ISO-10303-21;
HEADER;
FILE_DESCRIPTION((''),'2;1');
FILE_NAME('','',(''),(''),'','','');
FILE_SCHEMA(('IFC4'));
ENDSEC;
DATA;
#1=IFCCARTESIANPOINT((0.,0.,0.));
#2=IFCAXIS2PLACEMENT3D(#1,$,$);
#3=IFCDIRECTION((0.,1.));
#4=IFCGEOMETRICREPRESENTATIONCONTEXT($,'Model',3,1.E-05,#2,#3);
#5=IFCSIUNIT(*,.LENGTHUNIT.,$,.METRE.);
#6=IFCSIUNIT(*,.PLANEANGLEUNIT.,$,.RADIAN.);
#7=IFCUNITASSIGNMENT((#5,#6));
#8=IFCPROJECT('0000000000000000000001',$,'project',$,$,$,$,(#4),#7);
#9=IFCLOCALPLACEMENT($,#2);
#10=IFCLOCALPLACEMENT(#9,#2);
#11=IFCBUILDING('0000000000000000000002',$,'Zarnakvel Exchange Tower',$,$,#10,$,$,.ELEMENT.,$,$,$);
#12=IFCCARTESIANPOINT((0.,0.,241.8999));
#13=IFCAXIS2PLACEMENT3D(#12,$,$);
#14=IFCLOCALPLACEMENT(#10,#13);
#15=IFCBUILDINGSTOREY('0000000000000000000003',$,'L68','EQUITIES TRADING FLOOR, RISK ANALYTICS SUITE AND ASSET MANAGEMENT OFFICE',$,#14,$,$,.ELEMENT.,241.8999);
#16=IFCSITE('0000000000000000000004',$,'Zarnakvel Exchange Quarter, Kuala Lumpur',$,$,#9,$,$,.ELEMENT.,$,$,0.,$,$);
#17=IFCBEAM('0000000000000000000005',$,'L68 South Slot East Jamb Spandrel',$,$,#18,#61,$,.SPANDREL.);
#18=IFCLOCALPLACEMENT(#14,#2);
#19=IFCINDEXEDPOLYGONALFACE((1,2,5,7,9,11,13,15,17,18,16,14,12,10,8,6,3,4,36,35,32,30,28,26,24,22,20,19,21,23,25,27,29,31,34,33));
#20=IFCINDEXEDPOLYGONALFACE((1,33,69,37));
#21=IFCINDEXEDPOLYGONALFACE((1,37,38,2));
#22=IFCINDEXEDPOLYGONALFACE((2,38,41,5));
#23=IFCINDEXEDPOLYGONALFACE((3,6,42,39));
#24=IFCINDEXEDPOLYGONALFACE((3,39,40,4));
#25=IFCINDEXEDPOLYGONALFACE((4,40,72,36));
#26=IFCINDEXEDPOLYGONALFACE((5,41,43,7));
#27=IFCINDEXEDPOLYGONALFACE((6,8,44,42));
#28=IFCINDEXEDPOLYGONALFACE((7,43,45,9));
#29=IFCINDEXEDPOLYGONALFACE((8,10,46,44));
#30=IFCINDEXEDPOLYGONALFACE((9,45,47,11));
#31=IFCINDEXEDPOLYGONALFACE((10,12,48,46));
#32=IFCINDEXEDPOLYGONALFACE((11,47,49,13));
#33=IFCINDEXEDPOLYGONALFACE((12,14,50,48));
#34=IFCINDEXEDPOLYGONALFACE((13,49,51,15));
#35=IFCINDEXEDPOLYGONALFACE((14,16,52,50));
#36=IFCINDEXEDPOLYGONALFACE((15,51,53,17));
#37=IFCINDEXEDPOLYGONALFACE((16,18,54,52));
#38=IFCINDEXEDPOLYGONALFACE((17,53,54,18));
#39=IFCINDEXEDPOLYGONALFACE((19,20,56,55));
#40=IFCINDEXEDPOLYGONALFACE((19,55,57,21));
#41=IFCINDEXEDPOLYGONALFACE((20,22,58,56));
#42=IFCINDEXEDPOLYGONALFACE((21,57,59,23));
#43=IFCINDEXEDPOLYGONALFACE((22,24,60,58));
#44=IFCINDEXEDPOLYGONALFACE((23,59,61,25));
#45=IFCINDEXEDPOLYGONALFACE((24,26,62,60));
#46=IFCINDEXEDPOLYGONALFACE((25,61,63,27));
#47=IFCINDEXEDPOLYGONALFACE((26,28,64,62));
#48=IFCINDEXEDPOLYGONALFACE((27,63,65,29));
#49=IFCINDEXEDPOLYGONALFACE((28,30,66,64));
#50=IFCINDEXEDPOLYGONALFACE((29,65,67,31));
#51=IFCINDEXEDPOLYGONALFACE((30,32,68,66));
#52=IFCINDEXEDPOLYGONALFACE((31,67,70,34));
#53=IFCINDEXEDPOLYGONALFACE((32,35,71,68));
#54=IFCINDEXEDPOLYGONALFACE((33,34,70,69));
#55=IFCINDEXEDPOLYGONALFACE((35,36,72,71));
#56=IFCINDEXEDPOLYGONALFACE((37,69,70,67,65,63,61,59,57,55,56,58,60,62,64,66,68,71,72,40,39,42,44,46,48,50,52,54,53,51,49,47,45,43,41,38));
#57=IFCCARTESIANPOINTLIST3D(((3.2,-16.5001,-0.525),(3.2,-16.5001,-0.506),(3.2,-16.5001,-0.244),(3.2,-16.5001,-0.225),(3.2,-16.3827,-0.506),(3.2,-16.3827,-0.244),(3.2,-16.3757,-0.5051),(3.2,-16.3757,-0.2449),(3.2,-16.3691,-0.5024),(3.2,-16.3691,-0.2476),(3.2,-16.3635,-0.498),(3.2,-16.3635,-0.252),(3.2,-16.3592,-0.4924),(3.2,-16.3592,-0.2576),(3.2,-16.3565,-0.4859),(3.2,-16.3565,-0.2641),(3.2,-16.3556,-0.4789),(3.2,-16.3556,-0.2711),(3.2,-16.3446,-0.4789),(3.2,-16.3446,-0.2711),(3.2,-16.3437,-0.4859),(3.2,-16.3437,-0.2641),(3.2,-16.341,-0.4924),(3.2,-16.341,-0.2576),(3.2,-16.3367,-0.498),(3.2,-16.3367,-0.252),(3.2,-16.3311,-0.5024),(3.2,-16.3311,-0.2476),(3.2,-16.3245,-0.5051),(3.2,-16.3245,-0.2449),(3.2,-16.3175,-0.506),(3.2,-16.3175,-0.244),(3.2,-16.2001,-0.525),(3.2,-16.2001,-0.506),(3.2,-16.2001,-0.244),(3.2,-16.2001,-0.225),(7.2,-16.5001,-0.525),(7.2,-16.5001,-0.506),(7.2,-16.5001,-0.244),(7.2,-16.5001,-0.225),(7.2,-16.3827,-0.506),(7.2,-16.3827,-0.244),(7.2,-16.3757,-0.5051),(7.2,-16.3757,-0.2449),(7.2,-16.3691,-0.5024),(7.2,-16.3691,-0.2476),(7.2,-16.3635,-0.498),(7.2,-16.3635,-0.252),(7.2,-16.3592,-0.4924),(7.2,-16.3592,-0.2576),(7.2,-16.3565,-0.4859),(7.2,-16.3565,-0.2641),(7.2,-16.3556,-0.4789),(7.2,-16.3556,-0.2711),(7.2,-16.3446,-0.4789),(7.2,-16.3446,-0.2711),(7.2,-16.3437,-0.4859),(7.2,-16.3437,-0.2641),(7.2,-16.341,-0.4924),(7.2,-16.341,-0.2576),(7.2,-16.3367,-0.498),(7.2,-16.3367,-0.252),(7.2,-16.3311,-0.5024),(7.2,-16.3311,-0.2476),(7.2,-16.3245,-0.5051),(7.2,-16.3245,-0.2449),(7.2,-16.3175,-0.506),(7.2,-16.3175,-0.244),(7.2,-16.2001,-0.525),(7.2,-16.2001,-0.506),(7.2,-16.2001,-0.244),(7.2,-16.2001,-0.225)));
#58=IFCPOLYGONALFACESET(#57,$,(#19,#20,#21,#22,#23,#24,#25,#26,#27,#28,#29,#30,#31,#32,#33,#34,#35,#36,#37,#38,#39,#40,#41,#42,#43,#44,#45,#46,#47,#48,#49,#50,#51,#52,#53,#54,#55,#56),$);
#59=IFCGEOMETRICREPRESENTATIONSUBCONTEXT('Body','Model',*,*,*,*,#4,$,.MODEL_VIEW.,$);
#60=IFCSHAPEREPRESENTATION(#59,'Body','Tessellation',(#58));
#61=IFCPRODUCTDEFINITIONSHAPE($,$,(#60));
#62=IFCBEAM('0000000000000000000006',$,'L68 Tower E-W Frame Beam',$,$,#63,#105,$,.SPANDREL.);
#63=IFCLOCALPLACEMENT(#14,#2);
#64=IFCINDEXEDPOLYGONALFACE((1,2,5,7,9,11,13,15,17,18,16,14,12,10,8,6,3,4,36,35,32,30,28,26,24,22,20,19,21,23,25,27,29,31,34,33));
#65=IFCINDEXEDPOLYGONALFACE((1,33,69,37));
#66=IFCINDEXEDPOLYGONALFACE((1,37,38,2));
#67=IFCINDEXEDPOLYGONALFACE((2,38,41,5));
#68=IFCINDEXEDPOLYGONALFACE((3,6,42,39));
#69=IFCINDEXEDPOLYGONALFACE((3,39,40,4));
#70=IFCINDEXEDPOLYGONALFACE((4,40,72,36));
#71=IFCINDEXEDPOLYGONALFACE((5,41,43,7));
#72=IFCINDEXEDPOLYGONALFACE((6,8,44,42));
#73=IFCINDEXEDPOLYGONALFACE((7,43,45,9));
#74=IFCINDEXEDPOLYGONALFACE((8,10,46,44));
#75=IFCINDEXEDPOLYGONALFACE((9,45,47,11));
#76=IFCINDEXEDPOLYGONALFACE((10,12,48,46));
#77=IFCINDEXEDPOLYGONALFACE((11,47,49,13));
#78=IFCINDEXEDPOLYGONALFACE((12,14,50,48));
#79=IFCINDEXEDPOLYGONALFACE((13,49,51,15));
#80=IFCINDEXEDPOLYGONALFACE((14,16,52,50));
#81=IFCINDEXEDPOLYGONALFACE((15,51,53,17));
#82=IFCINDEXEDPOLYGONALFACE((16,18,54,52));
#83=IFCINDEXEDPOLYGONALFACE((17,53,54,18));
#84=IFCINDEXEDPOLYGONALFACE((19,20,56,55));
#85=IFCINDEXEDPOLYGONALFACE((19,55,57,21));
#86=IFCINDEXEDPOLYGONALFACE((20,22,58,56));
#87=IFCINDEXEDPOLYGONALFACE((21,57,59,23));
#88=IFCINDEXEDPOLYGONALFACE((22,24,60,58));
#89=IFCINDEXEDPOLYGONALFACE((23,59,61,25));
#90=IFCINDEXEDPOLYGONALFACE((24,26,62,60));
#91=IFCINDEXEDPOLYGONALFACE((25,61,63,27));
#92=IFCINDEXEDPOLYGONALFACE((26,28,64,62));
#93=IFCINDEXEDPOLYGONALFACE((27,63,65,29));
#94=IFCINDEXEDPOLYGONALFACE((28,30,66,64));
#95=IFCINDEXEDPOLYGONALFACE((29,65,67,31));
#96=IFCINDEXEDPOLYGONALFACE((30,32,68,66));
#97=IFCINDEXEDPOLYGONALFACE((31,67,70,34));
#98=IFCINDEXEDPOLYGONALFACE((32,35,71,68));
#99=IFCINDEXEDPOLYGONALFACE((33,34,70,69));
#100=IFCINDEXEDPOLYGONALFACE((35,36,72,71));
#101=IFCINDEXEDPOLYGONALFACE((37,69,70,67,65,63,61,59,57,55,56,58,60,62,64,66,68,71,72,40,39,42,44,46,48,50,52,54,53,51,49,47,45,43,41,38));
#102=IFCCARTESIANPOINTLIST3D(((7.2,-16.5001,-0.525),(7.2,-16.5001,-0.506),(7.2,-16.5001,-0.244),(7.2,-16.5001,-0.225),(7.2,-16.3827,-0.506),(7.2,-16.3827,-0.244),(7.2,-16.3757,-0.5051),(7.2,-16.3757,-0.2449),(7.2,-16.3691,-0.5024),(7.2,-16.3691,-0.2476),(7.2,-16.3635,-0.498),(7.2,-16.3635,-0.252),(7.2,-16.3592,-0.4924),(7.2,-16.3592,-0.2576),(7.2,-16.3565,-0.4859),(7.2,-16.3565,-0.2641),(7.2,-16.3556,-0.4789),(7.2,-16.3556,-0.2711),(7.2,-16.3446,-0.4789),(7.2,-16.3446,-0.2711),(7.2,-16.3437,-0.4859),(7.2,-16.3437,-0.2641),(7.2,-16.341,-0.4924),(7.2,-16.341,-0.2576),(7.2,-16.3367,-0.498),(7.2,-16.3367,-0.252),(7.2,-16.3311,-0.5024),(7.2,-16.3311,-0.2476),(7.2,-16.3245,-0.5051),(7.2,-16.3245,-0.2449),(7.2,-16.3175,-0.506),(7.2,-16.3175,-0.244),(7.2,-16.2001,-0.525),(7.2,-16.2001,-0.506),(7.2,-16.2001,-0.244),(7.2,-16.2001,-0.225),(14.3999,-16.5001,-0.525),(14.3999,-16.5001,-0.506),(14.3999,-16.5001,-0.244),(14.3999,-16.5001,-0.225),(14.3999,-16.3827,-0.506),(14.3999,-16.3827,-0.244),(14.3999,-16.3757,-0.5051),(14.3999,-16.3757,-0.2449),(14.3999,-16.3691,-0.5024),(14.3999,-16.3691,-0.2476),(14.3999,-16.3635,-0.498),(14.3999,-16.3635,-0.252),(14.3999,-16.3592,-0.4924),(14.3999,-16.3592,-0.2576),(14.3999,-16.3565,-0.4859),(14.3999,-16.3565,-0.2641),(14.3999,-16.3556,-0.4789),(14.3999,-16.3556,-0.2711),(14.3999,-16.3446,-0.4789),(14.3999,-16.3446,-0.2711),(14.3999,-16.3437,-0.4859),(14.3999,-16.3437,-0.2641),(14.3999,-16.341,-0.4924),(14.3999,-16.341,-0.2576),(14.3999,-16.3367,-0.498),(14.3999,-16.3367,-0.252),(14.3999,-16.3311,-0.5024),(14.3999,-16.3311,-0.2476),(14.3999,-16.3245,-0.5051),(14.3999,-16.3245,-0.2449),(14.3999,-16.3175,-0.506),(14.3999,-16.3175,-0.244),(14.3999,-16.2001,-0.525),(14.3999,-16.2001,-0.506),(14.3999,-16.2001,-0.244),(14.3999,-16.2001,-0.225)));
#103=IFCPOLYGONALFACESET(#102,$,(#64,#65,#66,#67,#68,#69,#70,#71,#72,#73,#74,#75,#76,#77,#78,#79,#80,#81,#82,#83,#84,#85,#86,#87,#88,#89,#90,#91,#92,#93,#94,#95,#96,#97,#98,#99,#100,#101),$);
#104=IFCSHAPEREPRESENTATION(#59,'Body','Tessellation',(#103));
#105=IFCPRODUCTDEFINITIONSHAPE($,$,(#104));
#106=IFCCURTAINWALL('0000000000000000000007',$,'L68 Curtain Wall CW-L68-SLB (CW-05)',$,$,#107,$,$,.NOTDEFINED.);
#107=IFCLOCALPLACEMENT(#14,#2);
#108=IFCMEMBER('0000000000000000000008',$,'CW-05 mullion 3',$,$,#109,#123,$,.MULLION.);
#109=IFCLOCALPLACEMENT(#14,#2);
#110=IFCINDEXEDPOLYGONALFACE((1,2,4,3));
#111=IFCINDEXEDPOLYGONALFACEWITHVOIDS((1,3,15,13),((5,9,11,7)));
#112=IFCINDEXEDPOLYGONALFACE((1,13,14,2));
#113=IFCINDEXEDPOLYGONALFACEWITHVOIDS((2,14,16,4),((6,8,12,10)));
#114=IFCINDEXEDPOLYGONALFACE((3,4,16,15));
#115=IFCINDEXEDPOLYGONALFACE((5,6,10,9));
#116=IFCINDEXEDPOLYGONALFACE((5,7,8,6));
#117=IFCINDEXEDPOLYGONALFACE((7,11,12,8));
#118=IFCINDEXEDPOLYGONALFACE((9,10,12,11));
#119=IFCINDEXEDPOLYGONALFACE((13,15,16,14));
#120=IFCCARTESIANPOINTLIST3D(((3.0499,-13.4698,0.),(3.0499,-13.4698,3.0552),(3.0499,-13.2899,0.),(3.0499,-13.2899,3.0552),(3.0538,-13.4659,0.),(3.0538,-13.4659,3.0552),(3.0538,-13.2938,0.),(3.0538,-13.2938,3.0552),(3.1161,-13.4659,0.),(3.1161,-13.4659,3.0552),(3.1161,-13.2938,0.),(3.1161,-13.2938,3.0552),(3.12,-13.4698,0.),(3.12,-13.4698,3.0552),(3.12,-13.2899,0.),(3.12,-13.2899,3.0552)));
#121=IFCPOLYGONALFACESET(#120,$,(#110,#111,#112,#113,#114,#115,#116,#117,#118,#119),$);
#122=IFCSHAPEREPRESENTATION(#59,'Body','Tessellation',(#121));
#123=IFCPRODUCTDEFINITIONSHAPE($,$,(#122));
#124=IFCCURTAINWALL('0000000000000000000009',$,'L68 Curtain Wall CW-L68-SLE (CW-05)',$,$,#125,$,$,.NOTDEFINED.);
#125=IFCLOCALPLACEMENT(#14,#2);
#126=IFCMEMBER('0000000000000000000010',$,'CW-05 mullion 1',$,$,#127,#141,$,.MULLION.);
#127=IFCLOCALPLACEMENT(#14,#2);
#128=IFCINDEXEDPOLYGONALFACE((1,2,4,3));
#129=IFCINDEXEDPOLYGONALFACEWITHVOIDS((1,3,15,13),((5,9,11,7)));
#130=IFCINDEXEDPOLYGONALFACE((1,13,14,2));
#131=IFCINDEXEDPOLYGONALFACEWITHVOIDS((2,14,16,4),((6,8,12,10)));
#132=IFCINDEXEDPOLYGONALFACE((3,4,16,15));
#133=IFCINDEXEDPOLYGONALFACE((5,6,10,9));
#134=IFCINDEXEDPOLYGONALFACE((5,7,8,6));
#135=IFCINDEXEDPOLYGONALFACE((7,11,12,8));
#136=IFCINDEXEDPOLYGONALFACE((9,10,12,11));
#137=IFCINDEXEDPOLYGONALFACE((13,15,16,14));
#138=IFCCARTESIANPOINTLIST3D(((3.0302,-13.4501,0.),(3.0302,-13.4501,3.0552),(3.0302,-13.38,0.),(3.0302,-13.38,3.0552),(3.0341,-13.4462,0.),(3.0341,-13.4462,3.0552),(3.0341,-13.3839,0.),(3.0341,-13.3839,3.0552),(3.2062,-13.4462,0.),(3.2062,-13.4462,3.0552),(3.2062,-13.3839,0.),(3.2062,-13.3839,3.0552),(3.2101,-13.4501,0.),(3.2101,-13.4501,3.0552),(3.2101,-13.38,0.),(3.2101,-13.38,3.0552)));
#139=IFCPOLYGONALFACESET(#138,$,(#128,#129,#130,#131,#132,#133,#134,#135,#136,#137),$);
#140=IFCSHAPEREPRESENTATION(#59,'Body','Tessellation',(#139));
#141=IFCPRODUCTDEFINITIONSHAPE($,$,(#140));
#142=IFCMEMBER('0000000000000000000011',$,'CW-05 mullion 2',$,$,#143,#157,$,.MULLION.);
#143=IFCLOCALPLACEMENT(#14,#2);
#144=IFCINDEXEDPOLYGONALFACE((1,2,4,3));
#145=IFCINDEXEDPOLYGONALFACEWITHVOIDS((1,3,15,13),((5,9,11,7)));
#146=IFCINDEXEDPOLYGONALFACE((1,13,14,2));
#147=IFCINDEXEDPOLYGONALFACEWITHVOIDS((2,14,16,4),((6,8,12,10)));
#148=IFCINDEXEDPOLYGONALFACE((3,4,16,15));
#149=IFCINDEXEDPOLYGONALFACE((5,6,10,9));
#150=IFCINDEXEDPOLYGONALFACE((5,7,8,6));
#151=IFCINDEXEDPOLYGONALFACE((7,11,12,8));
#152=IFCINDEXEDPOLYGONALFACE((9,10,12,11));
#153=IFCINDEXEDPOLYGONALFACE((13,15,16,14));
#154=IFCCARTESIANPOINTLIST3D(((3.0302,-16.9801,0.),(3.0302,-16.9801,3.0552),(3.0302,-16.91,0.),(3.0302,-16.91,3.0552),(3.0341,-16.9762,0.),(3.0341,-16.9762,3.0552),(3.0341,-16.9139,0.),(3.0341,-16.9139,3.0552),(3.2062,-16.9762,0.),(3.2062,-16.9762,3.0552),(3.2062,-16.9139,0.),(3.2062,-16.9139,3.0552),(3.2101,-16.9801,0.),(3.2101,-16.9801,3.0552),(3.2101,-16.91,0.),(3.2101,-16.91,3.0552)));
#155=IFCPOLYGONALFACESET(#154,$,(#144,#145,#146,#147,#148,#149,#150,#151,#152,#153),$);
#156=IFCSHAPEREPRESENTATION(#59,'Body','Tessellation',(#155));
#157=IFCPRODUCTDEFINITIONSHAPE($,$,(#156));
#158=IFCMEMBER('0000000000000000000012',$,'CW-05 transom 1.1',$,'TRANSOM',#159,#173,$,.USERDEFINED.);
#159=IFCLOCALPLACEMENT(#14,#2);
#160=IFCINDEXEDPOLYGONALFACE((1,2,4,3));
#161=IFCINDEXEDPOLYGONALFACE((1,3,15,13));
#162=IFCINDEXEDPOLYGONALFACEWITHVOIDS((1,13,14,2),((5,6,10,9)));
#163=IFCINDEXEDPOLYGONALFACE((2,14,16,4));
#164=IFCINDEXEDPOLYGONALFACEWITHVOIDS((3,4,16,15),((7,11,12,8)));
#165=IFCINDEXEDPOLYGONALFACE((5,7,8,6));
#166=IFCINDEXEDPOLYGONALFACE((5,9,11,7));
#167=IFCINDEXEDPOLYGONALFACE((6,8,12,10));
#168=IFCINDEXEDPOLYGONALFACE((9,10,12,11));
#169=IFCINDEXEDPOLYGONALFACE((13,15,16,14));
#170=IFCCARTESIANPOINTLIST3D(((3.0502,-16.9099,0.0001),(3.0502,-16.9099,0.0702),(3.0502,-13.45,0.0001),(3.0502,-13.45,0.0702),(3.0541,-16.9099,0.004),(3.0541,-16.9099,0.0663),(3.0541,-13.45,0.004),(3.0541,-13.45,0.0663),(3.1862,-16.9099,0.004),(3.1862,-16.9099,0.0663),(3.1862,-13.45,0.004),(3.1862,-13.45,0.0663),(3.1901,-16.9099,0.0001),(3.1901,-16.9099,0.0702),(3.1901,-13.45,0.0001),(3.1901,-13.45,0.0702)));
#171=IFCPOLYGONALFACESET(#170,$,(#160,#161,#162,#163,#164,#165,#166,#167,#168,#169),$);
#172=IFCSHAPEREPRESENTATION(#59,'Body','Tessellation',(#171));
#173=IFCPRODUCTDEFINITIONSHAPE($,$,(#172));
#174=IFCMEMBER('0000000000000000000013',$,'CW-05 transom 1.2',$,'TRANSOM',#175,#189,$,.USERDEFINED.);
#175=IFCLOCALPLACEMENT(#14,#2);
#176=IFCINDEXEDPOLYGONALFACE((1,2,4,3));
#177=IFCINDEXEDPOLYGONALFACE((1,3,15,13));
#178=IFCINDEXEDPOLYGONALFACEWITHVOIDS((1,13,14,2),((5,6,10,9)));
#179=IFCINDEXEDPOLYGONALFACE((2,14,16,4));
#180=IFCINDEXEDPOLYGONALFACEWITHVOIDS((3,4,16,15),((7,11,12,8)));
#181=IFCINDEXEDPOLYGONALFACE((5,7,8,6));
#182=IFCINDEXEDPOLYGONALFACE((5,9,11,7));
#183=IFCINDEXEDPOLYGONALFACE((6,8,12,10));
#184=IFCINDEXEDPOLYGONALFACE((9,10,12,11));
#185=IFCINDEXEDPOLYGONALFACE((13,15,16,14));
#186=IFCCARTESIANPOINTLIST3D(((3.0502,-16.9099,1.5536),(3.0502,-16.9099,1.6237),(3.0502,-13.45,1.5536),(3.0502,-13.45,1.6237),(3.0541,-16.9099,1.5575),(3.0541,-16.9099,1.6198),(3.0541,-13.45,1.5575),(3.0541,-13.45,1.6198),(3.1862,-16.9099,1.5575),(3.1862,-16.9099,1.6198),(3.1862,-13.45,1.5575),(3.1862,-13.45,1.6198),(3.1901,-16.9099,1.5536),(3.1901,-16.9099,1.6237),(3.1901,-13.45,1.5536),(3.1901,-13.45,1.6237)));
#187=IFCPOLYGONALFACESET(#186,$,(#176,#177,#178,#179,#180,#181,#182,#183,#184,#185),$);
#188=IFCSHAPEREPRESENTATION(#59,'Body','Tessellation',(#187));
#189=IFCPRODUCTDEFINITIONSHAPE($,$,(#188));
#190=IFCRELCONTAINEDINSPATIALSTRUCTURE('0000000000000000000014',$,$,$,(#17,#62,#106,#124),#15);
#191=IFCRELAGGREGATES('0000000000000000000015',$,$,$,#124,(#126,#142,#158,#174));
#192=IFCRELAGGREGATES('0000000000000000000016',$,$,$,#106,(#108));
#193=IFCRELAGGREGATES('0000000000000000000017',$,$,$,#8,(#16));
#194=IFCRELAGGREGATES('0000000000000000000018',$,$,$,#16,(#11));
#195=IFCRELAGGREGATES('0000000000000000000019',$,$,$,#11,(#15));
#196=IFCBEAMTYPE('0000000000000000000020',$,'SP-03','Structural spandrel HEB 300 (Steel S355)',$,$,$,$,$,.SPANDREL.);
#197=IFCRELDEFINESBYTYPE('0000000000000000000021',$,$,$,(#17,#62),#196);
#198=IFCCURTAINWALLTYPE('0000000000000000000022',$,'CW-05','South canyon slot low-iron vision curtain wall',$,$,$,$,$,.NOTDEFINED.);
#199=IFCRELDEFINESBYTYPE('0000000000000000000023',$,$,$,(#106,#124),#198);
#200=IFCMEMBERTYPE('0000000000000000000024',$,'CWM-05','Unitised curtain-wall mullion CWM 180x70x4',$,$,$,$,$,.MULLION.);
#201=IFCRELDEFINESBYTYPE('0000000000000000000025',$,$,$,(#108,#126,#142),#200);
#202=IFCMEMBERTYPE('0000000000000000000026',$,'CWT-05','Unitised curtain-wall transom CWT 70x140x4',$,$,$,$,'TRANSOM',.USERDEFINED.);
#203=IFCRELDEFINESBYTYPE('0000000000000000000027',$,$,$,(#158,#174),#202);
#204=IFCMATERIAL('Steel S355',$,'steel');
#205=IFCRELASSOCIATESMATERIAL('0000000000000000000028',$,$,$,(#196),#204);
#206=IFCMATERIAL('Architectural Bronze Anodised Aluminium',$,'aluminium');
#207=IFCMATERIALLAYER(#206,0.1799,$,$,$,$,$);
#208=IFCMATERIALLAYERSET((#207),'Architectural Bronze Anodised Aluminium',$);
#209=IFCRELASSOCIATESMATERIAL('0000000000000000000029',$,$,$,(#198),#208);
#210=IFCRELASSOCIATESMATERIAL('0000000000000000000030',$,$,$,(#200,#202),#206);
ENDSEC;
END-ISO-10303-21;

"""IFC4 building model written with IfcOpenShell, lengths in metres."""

from ifc_helpers import new_model, si_unit, direction, frame, origin, origin_2d, place, context, subcontext, project, spatial, hollow_rectangle, i_section, extrude, source, transform, mapped, material, layer, layer_set, material_profile, profile_set, type_object, element, aggregate, save


model = new_model("IFC4")

# Units and contexts
model_context = context("Model", 3, precision=1e-05, world=origin(), true_north=direction((0.0, 1.0)))
body_context = subcontext(model_context, "Body", "Model", "MODEL_VIEW")
ifc_project = project(units=[si_unit("LENGTHUNIT", "METRE"), si_unit("PLANEANGLEUNIT", "RADIAN")], contexts=[model_context])

# Site, building, storey
site_placement = place(None, origin())
site = spatial("IfcSite", under=ifc_project, at=site_placement, Name="Zarnakvel Exchange Quarter, Kuala Lumpur", CompositionType="ELEMENT", RefElevation=0.0)
building_placement = place(site_placement, origin())
building = spatial("IfcBuilding", under=site, at=building_placement, Name="Zarnakvel Exchange Tower", CompositionType="ELEMENT")
storey_placement = place(building_placement, frame((0.0, 0.0, 241.8999)))
storey = spatial("IfcBuildingStorey", under=building, at=storey_placement, Name="L68", Description="EQUITIES TRADING FLOOR, RISK ANALYTICS SUITE AND ASSET MANAGEMENT OFFICE", CompositionType="ELEMENT", Elevation=241.8999)

# Beams
ifc_material_1 = material(Name="Steel S355", Category="steel")
ifc_material_profile_1 = material_profile(ifc_material_1, i_section(OverallWidth=0.3, OverallDepth=0.3, WebThickness=0.011, FlangeThickness=0.019, FilletRadius=0.0271, at=origin_2d()))
ifc_profile_set_1 = profile_set([ifc_material_profile_1], Name="Steel S355")
beam_type_1 = type_object("IfcBeamType", Name="SP-03", Description="Structural spandrel HEB 300 (Steel S355)", PredefinedType="SPANDREL", material=ifc_profile_set_1)
beam_1_placement = place(storey_placement, frame((3.2, -16.3501, -0.375), z_axis=(1.0, 0.0, 0.0), x_axis=(0.0, 1.0, 0.0)))
element("IfcBeam", 1, at=beam_1_placement, inside=storey, type_object=beam_type_1, Name="L68 South Slot East Jamb Spandrel", PredefinedType="SPANDREL", context=body_context, shape_type="SweptSolid", body=[
    extrude(i_section(OverallWidth=0.3, OverallDepth=0.3, WebThickness=0.011, FlangeThickness=0.019, FilletRadius=0.0271, at=origin_2d()), origin(), (0.0, 0.0, 1.0), 4.0),
])
beam_2_placement = place(storey_placement, frame((7.2, -16.3501, -0.375), z_axis=(1.0, 0.0, 0.0), x_axis=(0.0, 1.0, 0.0)))
element("IfcBeam", 2, at=beam_2_placement, inside=storey, type_object=beam_type_1, Name="L68 Tower E-W Frame Beam", PredefinedType="SPANDREL", context=body_context, shape_type="SweptSolid", body=[
    extrude(i_section(OverallWidth=0.3, OverallDepth=0.3, WebThickness=0.011, FlangeThickness=0.019, FilletRadius=0.0271, at=origin_2d()), origin(), (0.0, 0.0, 1.0), 7.2),
])

# Curtain wall, member
ifc_material_2 = material(Name="Architectural Bronze Anodised Aluminium", Category="aluminium")
ifc_layer_1 = layer(ifc_material_2, 0.1799)
ifc_layer_set_1 = layer_set([ifc_layer_1], Name="Architectural Bronze Anodised Aluminium")
curtain_wall_type = type_object("IfcCurtainWallType", Name="CW-05", Description="South canyon slot low-iron vision curtain wall", PredefinedType="NOTDEFINED", material=ifc_layer_set_1)
curtain_wall_1_placement = place(storey_placement, origin())
curtain_wall_1 = element("IfcCurtainWall", 3, at=curtain_wall_1_placement, inside=storey, type_object=curtain_wall_type, Name="L68 Curtain Wall CW-L68-SLB (CW-05)", PredefinedType="NOTDEFINED")
ifc_material_profile_2 = material_profile(ifc_material_2, hollow_rectangle(XDim=0.1799, YDim=0.0701, WallThickness=0.0039, at=origin_2d()))
ifc_profile_set_2 = profile_set([ifc_material_profile_2], Name="Architectural Bronze Anodised Aluminium")
member_type_1 = type_object("IfcMemberType", Name="CWM-05", Description="Unitised curtain-wall mullion CWM 180x70x4", PredefinedType="MULLION", material=ifc_profile_set_2)
shared_shape_1 = source(origin(), body_context, "Body", "SweptSolid", [
    extrude(hollow_rectangle(XDim=0.1799, YDim=0.0701, WallThickness=0.0039, at=origin_2d()), origin(), (0.0, 0.0, 1.0), 3.0552),
])
member_1_placement = place(storey_placement, frame((3.085, -13.3799, 0.0), z_axis=(0.0, 0.0, 1.0), x_axis=(0.0, 1.0, 0.0)))
member_1 = element("IfcMember", 4, at=member_1_placement, type_object=member_type_1, Name="CW-05 mullion 3", PredefinedType="MULLION", context=body_context, shape_type="MappedRepresentation", body=[
    mapped(shared_shape_1, transform((0.0, 0.0, 0.0), x_axis=(1.0, 0.0, 0.0), y_axis=(0.0, 1.0, 0.0), z_axis=(0.0, 0.0, 1.0), scale=1.0)),
])

# Curtain wall, members
curtain_wall_2_placement = place(storey_placement, origin())
curtain_wall_2 = element("IfcCurtainWall", 5, at=curtain_wall_2_placement, inside=storey, type_object=curtain_wall_type, Name="L68 Curtain Wall CW-L68-SLE (CW-05)", PredefinedType="NOTDEFINED")
member_2_placement = place(storey_placement, frame((3.1201, -13.415, 0.0), z_axis=(0.0, 0.0, 1.0), x_axis=(1.0, 0.0, 0.0)))
member_2 = element("IfcMember", 6, at=member_2_placement, type_object=member_type_1, Name="CW-05 mullion 1", PredefinedType="MULLION", context=body_context, shape_type="MappedRepresentation", body=[
    mapped(shared_shape_1, transform((0.0, 0.0, 0.0), x_axis=(1.0, 0.0, 0.0), y_axis=(0.0, 1.0, 0.0), z_axis=(0.0, 0.0, 1.0), scale=1.0)),
])
member_3_placement = place(storey_placement, frame((3.1201, -16.9451, 0.0), z_axis=(0.0, 0.0, 1.0), x_axis=(1.0, 0.0, 0.0)))
member_3 = element("IfcMember", 7, at=member_3_placement, type_object=member_type_1, Name="CW-05 mullion 2", PredefinedType="MULLION", context=body_context, shape_type="MappedRepresentation", body=[
    mapped(shared_shape_1, transform((0.0, 0.0, 0.0), x_axis=(1.0, 0.0, 0.0), y_axis=(0.0, 1.0, 0.0), z_axis=(0.0, 0.0, 1.0), scale=1.0)),
])
ifc_material_profile_3 = material_profile(ifc_material_2, hollow_rectangle(XDim=0.1399, YDim=0.0701, WallThickness=0.0039, at=origin_2d()))
ifc_profile_set_3 = profile_set([ifc_material_profile_3], Name="Architectural Bronze Anodised Aluminium")
member_type_2 = type_object("IfcMemberType", Name="CWT-05", Description="Unitised curtain-wall transom CWT 70x140x4", ElementType="TRANSOM", PredefinedType="USERDEFINED", material=ifc_profile_set_3)
shared_shape_2 = source(origin(), body_context, "Body", "SweptSolid", [
    extrude(hollow_rectangle(XDim=0.1399, YDim=0.0701, WallThickness=0.0039, at=origin_2d()), origin(), (0.0, 0.0, 1.0), 3.46),
])
member_4_placement = place(storey_placement, frame((3.1201, -13.45, 0.0352), z_axis=(0.0, -1.0, 0.0), x_axis=(1.0, 0.0, 0.0)))
member_4 = element("IfcMember", 8, at=member_4_placement, type_object=member_type_2, Name="CW-05 transom 1.1", ObjectType="TRANSOM", PredefinedType="USERDEFINED", context=body_context, shape_type="MappedRepresentation", body=[
    mapped(shared_shape_2, transform((0.0, 0.0, 0.0), x_axis=(1.0, 0.0, 0.0), y_axis=(0.0, 1.0, 0.0), z_axis=(0.0, 0.0, 1.0), scale=1.0)),
])
member_5_placement = place(storey_placement, frame((3.1201, -13.45, 1.5886), z_axis=(0.0, -1.0, 0.0), x_axis=(1.0, 0.0, 0.0)))
member_5 = element("IfcMember", 9, at=member_5_placement, type_object=member_type_2, Name="CW-05 transom 1.2", ObjectType="TRANSOM", PredefinedType="USERDEFINED", context=body_context, shape_type="MappedRepresentation", body=[
    mapped(shared_shape_2, transform((0.0, 0.0, 0.0), x_axis=(1.0, 0.0, 0.0), y_axis=(0.0, 1.0, 0.0), z_axis=(0.0, 0.0, 1.0), scale=1.0)),
])

aggregate(curtain_wall_2, [member_2, member_3, member_4, member_5])
aggregate(curtain_wall_1, [member_1])

save(model, "model.ifc")
